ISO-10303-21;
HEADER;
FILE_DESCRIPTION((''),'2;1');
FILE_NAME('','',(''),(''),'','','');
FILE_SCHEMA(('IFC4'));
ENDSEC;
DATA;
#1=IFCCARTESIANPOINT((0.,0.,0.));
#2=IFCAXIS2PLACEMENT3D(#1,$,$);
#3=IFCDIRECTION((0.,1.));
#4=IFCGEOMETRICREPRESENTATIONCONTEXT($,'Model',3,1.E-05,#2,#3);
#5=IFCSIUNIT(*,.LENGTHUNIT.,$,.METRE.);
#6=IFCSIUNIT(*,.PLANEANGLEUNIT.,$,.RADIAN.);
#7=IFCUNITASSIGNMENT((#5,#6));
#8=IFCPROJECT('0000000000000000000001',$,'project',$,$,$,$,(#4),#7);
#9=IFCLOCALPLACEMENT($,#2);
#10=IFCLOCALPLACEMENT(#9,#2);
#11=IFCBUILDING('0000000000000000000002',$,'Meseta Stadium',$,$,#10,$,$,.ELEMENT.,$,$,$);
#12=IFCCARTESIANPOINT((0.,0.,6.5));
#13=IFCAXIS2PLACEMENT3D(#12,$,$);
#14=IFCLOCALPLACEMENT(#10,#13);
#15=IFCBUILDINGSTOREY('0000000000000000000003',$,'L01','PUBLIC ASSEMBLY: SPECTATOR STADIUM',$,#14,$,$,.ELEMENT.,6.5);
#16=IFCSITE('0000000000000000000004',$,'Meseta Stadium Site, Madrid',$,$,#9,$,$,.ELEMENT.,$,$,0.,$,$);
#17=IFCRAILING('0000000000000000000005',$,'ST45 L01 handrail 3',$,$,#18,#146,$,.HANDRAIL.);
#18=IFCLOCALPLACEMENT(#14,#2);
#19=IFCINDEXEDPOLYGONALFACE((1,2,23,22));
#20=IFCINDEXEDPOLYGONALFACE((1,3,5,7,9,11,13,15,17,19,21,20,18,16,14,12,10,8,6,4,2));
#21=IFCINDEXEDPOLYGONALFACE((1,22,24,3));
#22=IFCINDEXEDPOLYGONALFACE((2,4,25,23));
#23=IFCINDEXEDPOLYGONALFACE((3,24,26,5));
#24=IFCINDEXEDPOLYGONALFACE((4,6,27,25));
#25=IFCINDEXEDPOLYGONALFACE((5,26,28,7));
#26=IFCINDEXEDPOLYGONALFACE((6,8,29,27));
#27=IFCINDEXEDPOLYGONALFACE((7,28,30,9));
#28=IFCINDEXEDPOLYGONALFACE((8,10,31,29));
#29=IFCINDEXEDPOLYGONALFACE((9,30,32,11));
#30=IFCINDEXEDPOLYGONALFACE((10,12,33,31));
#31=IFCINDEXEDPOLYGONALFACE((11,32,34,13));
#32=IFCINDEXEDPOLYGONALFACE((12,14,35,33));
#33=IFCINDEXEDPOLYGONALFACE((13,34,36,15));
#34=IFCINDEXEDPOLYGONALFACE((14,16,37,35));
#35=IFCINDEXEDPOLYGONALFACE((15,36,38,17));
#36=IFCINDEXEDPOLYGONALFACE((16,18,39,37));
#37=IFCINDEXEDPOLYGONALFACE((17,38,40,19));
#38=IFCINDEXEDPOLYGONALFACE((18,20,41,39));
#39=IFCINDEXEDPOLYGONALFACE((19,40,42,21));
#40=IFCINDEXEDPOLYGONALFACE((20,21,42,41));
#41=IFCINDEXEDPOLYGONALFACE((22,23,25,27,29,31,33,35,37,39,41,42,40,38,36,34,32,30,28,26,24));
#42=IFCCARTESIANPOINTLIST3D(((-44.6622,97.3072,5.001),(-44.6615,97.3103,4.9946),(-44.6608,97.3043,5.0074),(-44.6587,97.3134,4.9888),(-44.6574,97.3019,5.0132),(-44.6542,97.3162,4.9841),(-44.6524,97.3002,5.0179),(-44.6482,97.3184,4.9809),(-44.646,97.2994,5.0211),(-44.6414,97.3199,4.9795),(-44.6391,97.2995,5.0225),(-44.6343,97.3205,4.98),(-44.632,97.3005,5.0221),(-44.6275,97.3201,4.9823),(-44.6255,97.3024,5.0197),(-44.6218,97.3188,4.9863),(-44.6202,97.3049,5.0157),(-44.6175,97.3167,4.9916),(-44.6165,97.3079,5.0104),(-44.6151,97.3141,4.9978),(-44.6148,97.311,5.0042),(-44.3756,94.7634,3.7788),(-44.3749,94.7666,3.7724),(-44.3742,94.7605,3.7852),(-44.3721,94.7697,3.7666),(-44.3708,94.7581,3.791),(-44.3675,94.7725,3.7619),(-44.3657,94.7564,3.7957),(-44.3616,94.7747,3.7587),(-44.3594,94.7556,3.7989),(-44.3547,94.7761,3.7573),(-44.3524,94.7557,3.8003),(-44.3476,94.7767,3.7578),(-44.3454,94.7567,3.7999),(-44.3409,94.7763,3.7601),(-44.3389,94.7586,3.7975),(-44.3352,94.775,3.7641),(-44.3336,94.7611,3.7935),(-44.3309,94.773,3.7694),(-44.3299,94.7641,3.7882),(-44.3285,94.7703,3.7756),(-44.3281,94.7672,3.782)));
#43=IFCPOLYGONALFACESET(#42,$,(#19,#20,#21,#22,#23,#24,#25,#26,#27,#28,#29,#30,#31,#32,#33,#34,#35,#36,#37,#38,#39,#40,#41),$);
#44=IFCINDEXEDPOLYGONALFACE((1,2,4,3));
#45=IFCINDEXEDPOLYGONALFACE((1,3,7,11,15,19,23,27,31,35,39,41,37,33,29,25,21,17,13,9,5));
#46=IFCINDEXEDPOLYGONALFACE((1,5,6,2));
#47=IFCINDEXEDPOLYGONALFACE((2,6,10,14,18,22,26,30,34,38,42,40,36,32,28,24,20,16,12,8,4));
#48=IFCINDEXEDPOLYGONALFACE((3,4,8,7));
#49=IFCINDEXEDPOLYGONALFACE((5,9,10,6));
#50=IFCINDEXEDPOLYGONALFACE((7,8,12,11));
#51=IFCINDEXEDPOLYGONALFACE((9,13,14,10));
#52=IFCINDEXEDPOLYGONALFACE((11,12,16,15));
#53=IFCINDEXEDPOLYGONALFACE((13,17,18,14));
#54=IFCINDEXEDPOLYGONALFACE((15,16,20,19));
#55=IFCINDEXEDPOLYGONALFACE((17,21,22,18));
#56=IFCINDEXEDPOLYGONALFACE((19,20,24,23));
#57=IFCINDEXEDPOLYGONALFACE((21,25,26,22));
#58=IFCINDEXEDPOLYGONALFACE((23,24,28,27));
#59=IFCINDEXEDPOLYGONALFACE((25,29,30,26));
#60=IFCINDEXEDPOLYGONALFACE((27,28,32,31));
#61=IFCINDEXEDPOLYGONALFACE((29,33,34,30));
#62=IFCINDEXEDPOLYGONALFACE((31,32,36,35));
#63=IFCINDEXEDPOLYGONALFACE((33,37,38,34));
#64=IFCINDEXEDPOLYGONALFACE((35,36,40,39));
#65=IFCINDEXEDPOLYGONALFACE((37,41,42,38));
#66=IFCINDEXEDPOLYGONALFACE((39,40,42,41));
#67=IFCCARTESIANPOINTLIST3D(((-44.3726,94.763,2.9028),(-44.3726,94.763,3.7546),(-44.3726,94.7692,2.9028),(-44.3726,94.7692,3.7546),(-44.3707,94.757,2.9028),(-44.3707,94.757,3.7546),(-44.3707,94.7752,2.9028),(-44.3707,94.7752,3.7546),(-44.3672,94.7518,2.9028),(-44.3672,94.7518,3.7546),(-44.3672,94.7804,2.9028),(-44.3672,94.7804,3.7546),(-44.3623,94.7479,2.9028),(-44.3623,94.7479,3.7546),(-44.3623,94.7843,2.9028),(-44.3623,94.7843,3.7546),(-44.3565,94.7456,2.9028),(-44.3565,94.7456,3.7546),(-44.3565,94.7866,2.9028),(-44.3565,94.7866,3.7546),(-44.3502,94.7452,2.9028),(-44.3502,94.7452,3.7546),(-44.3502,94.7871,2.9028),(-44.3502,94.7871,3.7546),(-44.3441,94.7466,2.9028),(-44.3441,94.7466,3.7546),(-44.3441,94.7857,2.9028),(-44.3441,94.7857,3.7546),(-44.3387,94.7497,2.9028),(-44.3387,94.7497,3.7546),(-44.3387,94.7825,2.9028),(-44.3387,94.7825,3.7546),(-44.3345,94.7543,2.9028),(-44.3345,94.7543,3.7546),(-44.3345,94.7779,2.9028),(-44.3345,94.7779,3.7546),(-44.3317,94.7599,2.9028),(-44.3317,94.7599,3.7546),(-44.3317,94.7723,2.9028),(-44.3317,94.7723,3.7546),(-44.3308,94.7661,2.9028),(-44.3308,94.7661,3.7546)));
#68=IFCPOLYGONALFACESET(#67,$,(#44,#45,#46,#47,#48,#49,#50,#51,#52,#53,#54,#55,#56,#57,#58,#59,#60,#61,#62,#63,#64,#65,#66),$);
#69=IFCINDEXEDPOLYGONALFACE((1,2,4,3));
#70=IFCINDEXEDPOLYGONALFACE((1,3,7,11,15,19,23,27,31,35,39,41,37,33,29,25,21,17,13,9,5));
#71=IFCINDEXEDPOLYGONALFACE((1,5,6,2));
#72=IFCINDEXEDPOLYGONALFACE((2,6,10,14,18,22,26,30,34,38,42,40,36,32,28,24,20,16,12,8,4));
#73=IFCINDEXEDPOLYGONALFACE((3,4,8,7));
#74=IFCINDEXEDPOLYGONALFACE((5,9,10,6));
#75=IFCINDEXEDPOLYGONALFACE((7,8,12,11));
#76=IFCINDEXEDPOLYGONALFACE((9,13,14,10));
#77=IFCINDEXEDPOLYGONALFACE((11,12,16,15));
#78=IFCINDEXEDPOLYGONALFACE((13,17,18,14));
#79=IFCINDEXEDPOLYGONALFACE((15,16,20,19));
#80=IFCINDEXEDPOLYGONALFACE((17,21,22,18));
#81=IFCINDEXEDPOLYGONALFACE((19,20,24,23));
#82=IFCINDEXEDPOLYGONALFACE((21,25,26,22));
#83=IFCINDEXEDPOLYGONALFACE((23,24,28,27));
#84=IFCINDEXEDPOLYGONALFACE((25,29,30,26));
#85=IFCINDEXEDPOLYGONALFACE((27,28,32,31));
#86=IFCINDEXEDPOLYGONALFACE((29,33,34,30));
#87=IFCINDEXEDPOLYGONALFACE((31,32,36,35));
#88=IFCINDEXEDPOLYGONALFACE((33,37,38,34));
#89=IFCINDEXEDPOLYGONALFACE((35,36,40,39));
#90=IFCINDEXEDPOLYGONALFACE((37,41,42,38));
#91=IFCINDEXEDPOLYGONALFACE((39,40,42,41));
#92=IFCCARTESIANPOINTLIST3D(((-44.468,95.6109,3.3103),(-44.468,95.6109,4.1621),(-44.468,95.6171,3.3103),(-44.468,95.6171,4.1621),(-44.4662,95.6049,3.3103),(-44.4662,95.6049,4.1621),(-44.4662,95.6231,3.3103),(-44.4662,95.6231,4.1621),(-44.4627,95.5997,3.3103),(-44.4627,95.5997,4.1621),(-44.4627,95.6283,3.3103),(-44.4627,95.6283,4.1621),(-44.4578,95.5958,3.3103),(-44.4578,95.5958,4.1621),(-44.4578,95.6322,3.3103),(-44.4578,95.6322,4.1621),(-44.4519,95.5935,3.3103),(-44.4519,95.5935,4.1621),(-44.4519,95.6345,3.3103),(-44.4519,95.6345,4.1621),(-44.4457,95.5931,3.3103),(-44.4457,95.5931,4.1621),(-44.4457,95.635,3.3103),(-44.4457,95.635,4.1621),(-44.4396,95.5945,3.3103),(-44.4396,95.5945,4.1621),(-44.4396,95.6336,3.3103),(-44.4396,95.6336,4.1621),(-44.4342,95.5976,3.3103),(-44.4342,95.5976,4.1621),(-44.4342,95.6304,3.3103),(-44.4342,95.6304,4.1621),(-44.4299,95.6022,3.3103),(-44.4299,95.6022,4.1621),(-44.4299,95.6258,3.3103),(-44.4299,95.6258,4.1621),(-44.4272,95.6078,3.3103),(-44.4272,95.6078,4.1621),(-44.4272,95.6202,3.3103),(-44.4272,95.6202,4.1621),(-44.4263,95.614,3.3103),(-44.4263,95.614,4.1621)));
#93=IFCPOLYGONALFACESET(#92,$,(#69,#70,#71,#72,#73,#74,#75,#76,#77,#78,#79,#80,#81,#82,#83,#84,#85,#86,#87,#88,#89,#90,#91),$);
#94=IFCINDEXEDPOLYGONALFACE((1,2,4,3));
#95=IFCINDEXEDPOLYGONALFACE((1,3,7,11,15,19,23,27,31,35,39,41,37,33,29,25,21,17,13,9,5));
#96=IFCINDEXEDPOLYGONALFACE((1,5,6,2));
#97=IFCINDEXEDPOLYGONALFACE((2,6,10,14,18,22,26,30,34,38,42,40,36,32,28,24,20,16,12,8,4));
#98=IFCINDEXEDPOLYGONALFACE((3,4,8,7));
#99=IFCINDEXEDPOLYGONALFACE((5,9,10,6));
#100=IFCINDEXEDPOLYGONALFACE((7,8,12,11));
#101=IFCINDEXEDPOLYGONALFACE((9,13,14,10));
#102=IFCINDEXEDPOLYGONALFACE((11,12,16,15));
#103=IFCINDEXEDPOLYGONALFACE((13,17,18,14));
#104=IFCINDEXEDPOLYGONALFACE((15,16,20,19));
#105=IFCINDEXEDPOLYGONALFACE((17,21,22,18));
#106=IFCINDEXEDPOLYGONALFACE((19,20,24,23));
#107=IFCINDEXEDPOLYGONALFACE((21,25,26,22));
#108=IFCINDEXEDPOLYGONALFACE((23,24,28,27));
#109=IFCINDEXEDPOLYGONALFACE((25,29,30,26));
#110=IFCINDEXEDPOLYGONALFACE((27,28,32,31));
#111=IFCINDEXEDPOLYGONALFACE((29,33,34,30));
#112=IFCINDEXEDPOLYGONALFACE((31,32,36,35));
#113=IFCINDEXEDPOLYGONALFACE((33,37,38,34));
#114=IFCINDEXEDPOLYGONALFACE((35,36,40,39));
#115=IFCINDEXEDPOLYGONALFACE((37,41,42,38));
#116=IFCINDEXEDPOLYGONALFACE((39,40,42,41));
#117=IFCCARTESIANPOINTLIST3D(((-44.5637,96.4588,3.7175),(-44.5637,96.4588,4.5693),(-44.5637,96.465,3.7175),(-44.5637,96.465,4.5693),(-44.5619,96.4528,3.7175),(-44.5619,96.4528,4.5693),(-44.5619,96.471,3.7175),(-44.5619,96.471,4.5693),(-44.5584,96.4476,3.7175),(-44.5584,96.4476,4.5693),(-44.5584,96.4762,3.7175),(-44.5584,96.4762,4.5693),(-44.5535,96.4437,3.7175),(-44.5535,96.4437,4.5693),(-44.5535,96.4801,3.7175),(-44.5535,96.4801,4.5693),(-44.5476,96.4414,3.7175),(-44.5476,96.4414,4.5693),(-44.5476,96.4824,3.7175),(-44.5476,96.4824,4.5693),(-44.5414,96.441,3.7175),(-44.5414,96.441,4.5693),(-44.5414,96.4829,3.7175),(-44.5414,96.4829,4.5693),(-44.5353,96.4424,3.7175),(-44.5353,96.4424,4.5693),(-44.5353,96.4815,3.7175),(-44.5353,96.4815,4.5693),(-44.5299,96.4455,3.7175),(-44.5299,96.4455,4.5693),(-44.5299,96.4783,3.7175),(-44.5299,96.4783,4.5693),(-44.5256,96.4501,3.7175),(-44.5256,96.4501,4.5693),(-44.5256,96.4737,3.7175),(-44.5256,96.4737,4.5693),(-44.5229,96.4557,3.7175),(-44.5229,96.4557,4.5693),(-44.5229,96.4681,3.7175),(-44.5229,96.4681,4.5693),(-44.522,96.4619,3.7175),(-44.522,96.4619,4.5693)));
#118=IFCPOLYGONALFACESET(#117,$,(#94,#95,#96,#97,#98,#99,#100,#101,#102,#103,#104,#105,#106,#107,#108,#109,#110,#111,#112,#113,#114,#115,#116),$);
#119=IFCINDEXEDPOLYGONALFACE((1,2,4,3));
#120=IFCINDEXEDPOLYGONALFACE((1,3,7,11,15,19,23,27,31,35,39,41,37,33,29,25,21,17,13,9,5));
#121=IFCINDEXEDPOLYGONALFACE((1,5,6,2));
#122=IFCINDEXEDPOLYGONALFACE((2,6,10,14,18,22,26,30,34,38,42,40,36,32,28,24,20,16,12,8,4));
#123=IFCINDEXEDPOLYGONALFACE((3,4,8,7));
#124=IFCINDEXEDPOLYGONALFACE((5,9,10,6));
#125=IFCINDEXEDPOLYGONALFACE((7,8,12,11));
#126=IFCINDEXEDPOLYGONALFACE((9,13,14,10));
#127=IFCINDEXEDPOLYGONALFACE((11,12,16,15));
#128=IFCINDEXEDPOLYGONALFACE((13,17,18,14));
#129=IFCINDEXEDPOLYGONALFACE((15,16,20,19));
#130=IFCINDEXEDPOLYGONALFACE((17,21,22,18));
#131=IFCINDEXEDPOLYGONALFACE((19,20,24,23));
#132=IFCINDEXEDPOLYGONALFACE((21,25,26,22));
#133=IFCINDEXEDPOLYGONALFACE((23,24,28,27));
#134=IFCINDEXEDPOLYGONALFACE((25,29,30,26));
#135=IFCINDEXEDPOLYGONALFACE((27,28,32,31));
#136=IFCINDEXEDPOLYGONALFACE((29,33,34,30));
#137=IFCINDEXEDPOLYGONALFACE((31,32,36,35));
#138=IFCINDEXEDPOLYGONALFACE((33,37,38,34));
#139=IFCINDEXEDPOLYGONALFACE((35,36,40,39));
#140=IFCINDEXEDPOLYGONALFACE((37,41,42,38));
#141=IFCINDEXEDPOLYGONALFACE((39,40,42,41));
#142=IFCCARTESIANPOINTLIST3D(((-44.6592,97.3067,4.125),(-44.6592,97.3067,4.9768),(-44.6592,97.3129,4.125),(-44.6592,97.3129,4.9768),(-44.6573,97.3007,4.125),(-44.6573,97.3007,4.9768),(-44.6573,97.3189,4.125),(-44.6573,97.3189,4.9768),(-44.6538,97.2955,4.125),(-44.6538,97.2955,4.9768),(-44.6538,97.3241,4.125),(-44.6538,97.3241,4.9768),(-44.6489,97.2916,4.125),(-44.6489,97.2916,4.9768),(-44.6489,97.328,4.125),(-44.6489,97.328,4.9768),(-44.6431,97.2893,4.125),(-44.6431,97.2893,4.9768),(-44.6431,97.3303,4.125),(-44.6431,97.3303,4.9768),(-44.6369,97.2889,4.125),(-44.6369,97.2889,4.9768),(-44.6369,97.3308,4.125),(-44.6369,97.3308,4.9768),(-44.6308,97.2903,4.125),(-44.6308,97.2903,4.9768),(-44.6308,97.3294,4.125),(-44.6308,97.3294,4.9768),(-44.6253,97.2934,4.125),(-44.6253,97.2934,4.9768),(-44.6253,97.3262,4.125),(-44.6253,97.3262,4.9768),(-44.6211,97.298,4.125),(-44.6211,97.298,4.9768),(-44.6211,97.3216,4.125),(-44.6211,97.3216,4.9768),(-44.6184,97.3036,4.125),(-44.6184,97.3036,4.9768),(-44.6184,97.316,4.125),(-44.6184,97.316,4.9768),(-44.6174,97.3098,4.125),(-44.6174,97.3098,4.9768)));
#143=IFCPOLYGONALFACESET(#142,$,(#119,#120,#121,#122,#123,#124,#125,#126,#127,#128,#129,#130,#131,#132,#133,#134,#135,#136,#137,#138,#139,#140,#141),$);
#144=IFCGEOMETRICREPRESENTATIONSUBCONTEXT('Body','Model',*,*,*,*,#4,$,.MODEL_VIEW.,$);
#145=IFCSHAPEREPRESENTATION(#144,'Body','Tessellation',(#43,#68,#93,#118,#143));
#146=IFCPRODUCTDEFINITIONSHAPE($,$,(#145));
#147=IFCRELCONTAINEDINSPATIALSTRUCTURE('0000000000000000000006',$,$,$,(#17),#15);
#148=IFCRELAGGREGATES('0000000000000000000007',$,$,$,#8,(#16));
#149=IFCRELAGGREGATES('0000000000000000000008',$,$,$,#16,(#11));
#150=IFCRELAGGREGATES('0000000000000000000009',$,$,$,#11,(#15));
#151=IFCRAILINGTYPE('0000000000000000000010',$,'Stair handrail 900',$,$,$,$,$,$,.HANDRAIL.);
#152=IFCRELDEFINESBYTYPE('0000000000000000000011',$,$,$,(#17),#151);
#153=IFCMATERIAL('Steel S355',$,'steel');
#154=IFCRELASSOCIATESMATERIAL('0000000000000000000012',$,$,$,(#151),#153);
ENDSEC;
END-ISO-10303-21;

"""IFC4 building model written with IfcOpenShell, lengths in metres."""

from ifc_helpers import new_model, si_unit, direction, frame, origin, origin_2d, place, context, subcontext, project, spatial, circle, extrude, material, type_object, element, save


model = new_model("IFC4")

# Units and contexts
model_context = context("Model", 3, precision=1e-05, world=origin(), true_north=direction((0.0, 1.0)))
body_context = subcontext(model_context, "Body", "Model", "MODEL_VIEW")
ifc_project = project(units=[si_unit("LENGTHUNIT", "METRE"), si_unit("PLANEANGLEUNIT", "RADIAN")], contexts=[model_context])

# Site, building, storey
site_placement = place(None, origin())
site = spatial("IfcSite", under=ifc_project, at=site_placement, Name="Meseta Stadium Site, Madrid", CompositionType="ELEMENT", RefElevation=0.0)
building_placement = place(site_placement, origin())
building = spatial("IfcBuilding", under=site, at=building_placement, Name="Meseta Stadium", CompositionType="ELEMENT")
storey_placement = place(building_placement, frame((0.0, 0.0, 6.5)))
storey = spatial("IfcBuildingStorey", under=building, at=storey_placement, Name="L01", Description="PUBLIC ASSEMBLY: SPECTATOR STADIUM", CompositionType="ELEMENT", Elevation=6.5)

# Railing
ifc_material_1 = material(Name="Steel S355", Category="steel")
railing_type_1 = type_object("IfcRailingType", Name="Stair handrail 900", PredefinedType="HANDRAIL", material=ifc_material_1)
railing_1_placement = place(storey_placement, frame((-44.3518, 94.7661, 2.9028)))
element("IfcRailing", 1, at=railing_1_placement, inside=storey, type_object=railing_type_1, Name="ST45 L01 handrail 3", PredefinedType="HANDRAIL", context=body_context, shape_type="SweptSolid", body=[
    extrude(circle(Radius=0.0239, at=origin_2d()), frame((0.0, 0.0, 0.876), z_axis=(-0.101044, 0.896745, 0.430858), x_axis=(-0.993712, -0.11197, 0.0)), (0.0, 0.0, 1.0), 2.8367),
    extrude(circle(Radius=0.021, at=origin_2d()), origin(), (0.0, 0.0, 1.0), 0.8518),
    extrude(circle(Radius=0.021, at=origin_2d()), frame((-0.0955, 0.8479, 0.4075)), (0.0, 0.0, 1.0), 0.8518),
    extrude(circle(Radius=0.021, at=origin_2d()), frame((-0.1912, 1.6958, 0.8147)), (0.0, 0.0, 1.0), 0.8518),
    extrude(circle(Radius=0.021, at=origin_2d()), frame((-0.2866, 2.5437, 1.2222)), (0.0, 0.0, 1.0), 0.8518),
])

save(model, "model.ifc")
